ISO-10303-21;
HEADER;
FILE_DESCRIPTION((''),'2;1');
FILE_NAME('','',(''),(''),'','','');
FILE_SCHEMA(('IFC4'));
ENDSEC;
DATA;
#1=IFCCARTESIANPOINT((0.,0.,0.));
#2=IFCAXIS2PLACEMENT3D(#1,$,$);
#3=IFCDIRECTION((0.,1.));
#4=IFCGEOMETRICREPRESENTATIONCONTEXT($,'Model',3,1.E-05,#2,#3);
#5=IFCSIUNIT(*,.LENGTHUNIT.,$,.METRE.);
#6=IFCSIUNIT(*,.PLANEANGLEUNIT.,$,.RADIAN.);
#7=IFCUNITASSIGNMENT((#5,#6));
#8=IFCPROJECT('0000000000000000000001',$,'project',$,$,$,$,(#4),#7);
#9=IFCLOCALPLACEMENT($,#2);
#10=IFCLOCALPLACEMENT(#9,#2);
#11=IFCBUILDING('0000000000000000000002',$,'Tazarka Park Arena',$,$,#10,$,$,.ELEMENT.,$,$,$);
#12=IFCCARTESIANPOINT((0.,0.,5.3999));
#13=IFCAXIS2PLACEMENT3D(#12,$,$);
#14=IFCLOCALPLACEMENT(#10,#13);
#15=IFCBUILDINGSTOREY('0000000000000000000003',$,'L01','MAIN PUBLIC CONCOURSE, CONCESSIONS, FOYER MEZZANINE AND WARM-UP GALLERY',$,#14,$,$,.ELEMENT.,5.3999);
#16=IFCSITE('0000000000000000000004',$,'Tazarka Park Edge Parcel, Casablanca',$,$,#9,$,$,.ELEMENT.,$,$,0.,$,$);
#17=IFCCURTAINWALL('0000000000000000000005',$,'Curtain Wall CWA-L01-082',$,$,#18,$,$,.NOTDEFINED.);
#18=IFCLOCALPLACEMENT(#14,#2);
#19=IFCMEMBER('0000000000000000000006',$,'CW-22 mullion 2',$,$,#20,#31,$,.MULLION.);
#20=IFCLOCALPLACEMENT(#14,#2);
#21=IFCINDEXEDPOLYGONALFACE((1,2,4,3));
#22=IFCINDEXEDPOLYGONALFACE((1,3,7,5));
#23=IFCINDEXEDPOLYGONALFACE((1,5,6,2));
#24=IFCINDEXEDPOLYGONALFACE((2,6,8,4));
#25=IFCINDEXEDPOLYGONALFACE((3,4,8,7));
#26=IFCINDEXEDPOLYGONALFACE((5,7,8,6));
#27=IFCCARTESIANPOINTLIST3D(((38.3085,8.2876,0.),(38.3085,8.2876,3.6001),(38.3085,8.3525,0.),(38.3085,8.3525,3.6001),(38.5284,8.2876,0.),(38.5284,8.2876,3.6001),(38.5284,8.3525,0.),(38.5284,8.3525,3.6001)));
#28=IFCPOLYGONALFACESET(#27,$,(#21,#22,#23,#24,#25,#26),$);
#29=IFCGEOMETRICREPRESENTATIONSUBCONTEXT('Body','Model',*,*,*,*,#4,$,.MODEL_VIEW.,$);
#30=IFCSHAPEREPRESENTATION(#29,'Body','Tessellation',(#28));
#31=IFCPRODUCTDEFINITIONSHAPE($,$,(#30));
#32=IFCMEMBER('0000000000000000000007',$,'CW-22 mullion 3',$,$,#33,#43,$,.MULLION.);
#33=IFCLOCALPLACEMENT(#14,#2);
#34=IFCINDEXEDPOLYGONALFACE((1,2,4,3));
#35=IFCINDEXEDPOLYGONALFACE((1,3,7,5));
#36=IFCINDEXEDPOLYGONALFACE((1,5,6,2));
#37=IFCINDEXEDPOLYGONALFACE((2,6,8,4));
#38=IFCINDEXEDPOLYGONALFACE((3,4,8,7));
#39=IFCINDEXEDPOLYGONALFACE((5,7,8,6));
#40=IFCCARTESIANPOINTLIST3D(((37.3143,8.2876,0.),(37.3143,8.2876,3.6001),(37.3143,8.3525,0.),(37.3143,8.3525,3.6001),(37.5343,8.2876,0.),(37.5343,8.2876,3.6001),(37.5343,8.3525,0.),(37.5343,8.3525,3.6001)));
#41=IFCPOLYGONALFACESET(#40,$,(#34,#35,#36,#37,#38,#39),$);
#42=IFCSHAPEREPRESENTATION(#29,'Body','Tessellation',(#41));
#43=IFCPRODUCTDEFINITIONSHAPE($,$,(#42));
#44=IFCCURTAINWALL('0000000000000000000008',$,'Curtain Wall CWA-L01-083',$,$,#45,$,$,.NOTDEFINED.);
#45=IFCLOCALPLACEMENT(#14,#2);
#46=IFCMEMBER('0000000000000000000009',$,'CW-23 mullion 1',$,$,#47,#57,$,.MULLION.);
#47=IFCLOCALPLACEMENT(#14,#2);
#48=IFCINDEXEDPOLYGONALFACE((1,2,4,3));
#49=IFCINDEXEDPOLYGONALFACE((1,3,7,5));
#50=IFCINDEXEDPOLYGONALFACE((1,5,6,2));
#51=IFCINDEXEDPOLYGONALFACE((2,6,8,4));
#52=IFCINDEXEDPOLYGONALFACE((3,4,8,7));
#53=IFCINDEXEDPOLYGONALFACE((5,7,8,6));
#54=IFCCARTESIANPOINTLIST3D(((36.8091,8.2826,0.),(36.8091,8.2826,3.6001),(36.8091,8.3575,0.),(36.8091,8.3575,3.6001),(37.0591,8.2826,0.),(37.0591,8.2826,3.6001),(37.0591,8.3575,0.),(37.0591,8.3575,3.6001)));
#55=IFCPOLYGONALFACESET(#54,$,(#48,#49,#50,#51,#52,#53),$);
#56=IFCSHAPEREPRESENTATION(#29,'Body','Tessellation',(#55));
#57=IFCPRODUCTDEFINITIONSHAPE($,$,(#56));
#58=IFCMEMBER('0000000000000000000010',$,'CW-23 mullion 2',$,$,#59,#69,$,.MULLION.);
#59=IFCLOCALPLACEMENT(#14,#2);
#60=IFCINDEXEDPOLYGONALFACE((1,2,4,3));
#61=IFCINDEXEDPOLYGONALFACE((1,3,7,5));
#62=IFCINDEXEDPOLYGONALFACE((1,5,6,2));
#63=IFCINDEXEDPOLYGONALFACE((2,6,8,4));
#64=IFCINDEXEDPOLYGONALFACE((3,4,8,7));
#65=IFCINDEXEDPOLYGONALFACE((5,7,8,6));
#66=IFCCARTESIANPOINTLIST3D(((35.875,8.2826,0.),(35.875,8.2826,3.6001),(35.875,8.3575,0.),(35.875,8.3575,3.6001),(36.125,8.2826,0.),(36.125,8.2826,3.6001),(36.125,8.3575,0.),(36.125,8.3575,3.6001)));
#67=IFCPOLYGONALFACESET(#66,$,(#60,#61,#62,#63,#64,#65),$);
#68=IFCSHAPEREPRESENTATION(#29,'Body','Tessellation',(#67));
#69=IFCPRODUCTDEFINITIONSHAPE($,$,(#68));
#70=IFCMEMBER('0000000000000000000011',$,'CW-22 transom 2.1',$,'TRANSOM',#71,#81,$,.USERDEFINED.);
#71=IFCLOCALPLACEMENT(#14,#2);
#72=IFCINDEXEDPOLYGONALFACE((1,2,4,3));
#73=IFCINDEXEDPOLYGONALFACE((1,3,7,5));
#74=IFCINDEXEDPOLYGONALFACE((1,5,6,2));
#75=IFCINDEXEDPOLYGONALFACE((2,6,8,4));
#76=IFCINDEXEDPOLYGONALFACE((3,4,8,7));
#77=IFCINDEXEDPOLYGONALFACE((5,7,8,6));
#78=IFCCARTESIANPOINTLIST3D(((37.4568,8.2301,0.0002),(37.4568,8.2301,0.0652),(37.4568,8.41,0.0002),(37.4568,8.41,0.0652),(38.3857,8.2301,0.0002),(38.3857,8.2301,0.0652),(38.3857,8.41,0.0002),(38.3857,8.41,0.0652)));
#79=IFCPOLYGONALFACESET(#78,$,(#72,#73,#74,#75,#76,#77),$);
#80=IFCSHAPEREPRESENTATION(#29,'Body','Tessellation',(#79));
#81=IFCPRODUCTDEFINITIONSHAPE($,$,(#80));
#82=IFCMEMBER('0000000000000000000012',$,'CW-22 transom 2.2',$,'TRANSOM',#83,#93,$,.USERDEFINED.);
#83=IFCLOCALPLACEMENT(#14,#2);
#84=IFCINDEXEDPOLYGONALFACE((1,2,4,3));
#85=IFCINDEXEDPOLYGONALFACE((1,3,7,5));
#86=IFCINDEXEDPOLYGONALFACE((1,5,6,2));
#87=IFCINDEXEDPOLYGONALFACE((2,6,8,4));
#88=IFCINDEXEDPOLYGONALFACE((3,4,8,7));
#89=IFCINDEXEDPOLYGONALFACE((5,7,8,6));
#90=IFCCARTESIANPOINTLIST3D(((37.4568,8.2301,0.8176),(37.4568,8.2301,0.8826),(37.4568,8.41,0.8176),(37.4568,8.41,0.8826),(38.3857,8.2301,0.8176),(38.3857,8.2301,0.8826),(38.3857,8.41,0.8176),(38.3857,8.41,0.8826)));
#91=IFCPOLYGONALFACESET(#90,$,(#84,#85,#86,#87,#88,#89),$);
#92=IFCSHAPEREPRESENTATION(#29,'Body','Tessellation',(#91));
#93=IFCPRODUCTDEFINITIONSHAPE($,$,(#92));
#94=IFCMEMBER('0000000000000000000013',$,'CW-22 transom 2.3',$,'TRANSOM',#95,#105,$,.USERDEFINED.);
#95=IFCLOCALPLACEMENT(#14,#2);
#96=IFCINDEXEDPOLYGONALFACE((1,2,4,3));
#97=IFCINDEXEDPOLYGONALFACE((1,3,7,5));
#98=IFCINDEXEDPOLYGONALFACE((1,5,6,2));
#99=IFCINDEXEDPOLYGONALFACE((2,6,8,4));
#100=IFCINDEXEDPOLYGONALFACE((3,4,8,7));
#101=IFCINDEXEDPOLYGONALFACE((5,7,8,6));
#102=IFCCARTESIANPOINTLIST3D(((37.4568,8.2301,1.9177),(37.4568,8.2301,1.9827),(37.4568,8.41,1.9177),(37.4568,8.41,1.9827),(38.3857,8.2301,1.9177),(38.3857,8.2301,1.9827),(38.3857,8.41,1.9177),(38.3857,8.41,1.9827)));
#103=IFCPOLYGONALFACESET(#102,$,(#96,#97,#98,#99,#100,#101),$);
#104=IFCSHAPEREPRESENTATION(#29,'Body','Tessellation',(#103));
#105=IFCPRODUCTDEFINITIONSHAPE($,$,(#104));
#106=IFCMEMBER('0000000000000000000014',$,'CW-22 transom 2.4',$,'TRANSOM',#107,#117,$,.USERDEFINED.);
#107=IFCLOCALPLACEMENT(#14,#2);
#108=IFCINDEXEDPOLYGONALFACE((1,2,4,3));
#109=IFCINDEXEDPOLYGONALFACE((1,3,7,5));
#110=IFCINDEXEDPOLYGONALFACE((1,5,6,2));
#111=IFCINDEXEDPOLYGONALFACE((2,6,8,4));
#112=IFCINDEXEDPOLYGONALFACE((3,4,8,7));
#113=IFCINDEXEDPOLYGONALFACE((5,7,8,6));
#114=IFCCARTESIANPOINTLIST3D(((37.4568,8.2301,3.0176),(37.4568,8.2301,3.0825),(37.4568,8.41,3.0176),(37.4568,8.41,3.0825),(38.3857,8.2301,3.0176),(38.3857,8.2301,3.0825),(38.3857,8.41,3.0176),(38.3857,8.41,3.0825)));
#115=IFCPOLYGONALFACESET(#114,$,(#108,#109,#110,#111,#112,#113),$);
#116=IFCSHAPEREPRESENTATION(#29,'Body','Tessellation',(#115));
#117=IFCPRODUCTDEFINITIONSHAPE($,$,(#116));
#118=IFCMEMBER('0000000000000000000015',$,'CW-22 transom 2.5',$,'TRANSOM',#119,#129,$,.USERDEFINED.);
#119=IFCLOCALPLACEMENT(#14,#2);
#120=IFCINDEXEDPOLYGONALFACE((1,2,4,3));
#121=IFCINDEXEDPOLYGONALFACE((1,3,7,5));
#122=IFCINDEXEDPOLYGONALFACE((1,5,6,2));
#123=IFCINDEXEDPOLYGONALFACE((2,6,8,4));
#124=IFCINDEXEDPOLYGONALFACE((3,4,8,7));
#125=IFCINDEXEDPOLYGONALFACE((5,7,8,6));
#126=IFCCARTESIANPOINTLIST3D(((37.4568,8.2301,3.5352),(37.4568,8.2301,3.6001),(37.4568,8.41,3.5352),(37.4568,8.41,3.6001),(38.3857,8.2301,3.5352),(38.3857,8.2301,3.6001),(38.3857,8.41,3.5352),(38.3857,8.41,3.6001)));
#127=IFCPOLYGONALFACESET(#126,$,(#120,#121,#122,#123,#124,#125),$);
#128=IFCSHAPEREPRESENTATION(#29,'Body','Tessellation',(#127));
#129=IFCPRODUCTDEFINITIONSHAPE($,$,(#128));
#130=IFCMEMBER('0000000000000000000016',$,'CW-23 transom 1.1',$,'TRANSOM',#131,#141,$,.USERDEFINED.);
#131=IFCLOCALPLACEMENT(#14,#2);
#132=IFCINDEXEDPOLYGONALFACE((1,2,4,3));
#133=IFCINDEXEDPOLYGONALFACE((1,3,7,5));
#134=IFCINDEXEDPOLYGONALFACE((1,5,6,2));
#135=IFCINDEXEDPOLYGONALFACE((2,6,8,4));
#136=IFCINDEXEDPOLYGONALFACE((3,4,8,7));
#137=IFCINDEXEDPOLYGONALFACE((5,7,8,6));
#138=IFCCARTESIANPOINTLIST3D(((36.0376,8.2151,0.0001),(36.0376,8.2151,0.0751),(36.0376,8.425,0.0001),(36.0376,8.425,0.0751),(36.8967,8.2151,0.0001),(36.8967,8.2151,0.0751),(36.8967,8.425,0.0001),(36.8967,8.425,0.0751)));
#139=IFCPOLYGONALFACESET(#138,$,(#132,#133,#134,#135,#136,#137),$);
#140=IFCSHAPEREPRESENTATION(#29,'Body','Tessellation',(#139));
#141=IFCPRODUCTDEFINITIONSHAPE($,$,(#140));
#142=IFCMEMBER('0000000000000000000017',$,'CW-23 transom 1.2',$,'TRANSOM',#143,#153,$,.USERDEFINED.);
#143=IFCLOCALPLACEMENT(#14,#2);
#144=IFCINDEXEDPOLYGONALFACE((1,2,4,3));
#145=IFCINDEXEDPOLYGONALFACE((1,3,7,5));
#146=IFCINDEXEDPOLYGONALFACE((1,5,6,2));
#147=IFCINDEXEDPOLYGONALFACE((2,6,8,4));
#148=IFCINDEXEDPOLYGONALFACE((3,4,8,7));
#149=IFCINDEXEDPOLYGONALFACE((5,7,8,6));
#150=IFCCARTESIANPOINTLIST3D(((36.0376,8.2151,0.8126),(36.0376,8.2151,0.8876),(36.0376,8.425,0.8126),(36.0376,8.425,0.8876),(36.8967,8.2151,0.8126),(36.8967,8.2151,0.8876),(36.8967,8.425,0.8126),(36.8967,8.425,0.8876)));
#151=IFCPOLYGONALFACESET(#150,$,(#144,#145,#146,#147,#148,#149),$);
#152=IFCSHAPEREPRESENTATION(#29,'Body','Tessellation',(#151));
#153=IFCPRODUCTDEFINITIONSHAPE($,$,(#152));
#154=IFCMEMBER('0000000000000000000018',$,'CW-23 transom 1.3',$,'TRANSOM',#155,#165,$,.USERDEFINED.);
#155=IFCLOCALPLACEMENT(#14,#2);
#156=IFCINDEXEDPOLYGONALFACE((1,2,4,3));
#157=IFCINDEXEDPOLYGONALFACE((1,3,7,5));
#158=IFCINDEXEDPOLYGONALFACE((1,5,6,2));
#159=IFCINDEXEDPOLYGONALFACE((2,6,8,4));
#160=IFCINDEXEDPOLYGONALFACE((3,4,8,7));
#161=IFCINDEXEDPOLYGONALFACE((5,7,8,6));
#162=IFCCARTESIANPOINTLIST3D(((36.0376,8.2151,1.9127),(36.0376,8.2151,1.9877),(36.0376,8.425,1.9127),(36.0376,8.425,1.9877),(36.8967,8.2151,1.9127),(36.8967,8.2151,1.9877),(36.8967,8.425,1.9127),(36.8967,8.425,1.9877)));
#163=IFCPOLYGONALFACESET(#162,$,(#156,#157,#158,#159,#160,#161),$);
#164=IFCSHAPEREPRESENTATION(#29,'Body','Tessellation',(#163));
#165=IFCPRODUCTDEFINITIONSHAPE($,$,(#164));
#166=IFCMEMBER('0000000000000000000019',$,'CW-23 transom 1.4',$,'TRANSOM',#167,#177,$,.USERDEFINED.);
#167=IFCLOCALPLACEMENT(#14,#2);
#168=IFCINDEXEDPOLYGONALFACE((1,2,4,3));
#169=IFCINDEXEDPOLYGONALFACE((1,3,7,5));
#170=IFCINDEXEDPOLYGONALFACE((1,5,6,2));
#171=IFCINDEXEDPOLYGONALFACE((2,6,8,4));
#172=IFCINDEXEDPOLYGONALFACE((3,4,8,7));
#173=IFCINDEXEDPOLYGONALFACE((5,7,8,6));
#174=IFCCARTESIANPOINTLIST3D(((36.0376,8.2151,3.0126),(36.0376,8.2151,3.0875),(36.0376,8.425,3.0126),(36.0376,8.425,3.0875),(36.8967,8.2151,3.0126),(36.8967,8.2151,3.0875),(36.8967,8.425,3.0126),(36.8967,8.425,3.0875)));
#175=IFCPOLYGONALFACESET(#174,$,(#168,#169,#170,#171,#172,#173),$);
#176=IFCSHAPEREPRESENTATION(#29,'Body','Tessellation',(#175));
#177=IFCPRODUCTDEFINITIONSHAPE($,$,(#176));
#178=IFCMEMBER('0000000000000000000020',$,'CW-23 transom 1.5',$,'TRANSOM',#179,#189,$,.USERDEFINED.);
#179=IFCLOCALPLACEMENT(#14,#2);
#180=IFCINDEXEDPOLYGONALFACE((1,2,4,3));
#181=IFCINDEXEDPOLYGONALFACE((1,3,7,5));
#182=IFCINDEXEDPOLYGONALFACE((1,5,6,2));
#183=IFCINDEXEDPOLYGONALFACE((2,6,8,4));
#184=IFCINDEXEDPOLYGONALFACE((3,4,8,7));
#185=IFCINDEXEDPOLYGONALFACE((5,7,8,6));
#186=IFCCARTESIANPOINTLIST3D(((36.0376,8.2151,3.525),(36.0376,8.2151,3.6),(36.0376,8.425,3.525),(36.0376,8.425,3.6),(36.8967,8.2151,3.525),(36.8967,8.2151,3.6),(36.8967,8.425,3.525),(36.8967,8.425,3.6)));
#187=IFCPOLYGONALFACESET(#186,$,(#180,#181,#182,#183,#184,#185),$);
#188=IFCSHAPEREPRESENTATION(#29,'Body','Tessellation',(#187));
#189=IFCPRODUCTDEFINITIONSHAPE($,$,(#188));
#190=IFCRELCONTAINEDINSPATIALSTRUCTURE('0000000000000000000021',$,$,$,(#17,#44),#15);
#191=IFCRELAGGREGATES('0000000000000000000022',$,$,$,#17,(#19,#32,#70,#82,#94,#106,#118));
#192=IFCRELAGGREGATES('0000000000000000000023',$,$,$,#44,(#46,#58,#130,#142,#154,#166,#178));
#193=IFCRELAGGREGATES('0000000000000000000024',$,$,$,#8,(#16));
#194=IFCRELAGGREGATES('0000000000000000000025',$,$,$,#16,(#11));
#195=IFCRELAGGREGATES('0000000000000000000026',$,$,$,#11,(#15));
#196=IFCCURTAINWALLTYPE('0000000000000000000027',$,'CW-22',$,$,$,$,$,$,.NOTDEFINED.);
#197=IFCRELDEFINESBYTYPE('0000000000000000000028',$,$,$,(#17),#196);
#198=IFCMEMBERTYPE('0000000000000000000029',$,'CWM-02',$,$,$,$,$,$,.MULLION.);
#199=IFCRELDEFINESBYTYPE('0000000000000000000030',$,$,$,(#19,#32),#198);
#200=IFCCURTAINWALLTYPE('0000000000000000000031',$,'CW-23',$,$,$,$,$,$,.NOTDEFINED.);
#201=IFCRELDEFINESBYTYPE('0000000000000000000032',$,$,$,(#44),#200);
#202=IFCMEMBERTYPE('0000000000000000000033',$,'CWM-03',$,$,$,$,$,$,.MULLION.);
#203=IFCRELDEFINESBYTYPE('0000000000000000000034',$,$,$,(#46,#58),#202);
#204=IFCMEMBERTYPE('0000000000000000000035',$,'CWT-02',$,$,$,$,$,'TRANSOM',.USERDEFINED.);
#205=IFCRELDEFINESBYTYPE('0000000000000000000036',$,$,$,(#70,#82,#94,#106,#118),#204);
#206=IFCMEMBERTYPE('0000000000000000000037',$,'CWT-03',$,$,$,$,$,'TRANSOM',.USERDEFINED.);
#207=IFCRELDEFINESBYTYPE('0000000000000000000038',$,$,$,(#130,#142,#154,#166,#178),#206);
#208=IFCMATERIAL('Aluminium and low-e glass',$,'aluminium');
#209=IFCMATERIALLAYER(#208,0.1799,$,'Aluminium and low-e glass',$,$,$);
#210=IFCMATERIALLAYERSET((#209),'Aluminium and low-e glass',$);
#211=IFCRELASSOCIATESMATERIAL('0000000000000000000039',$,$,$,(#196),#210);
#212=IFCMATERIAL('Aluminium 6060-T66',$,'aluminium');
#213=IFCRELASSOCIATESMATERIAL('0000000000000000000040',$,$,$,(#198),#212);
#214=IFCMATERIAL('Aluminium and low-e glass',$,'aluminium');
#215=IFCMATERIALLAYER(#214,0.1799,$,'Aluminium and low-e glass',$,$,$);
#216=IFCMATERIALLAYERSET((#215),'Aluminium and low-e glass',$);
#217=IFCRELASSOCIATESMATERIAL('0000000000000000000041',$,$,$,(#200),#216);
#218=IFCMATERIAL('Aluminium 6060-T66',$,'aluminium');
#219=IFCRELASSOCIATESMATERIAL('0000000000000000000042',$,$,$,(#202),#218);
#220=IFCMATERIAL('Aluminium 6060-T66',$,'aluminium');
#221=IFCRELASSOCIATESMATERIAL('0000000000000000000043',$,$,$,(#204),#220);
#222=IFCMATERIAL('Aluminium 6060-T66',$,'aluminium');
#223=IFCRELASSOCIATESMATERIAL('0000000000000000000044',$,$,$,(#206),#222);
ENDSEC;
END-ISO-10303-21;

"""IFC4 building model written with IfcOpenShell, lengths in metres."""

from ifc_helpers import new_model, si_unit, direction, frame, origin, origin_2d, place, context, subcontext, project, spatial, rectangle, extrude, material, layer, layer_set, material_profile, profile_set, type_object, element, aggregate, save


model = new_model("IFC4")

# Units and contexts
model_context = context("Model", 3, precision=1e-05, world=origin(), true_north=direction((0.0, 1.0)))
body_context = subcontext(model_context, "Body", "Model", "MODEL_VIEW")
ifc_project = project(units=[si_unit("LENGTHUNIT", "METRE"), si_unit("PLANEANGLEUNIT", "RADIAN")], contexts=[model_context])

# Site, building, storey
site_placement = place(None, origin())
site = spatial("IfcSite", under=ifc_project, at=site_placement, Name="Tazarka Park Edge Parcel, Casablanca", CompositionType="ELEMENT", RefElevation=0.0)
building_placement = place(site_placement, origin())
building = spatial("IfcBuilding", under=site, at=building_placement, Name="Tazarka Park Arena", CompositionType="ELEMENT")
storey_placement = place(building_placement, frame((0.0, 0.0, 5.3999)))
storey = spatial("IfcBuildingStorey", under=building, at=storey_placement, Name="L01", Description="MAIN PUBLIC CONCOURSE, CONCESSIONS, FOYER MEZZANINE AND WARM-UP GALLERY", CompositionType="ELEMENT", Elevation=5.3999)

# Curtain walls, members
ifc_material_1 = material(Name="Aluminium and low-e glass", Category="aluminium")
ifc_layer_1 = layer(ifc_material_1, 0.1799, Name="Aluminium and low-e glass")
ifc_layer_set_1 = layer_set([ifc_layer_1], Name="Aluminium and low-e glass")
curtain_wall_type_1 = type_object("IfcCurtainWallType", Name="CW-22", PredefinedType="NOTDEFINED", material=ifc_layer_set_1)
curtain_wall_1_placement = place(storey_placement, origin())
curtain_wall_1 = element("IfcCurtainWall", 1, at=curtain_wall_1_placement, inside=storey, type_object=curtain_wall_type_1, Name="Curtain Wall CWA-L01-082", PredefinedType="NOTDEFINED")
ifc_material_2 = material(Name="Aluminium 6060-T66", Category="aluminium")
ifc_material_profile_1 = material_profile(ifc_material_2, rectangle(XDim=0.0649, YDim=0.22, at=origin_2d()), Name="Aluminium 6060-T66")
ifc_profile_set_1 = profile_set([ifc_material_profile_1], Name="Aluminium 6060-T66")
member_type_1 = type_object("IfcMemberType", Name="CWM-02", PredefinedType="MULLION", material=ifc_profile_set_1)
member_1_placement = place(storey_placement, frame((38.4185, 8.3201, 0.0), z_axis=(0.0, 0.0, 1.0), x_axis=(0.0, -1.0, 0.0)))
member_1 = element("IfcMember", 2, at=member_1_placement, type_object=member_type_1, Name="CW-22 mullion 2", PredefinedType="MULLION", context=body_context, shape_type="SweptSolid", body=[
    extrude(rectangle(XDim=0.0649, YDim=0.22, at=origin_2d()), origin(), (0.0, 0.0, 1.0), 3.6001),
])
member_2_placement = place(storey_placement, frame((37.4243, 8.3201, 0.0), z_axis=(0.0, 0.0, 1.0), x_axis=(0.0, -1.0, 0.0)))
member_2 = element("IfcMember", 3, at=member_2_placement, type_object=member_type_1, Name="CW-22 mullion 3", PredefinedType="MULLION", context=body_context, shape_type="SweptSolid", body=[
    extrude(rectangle(XDim=0.0649, YDim=0.22, at=origin_2d()), origin(), (0.0, 0.0, 1.0), 3.6001),
])
ifc_material_3 = material(Name="Aluminium and low-e glass", Category="aluminium")
ifc_layer_2 = layer(ifc_material_3, 0.1799, Name="Aluminium and low-e glass")
ifc_layer_set_2 = layer_set([ifc_layer_2], Name="Aluminium and low-e glass")
curtain_wall_type_2 = type_object("IfcCurtainWallType", Name="CW-23", PredefinedType="NOTDEFINED", material=ifc_layer_set_2)
curtain_wall_2_placement = place(storey_placement, origin())
curtain_wall_2 = element("IfcCurtainWall", 4, at=curtain_wall_2_placement, inside=storey, type_object=curtain_wall_type_2, Name="Curtain Wall CWA-L01-083", PredefinedType="NOTDEFINED")
ifc_material_4 = material(Name="Aluminium 6060-T66", Category="aluminium")
ifc_material_profile_2 = material_profile(ifc_material_4, rectangle(XDim=0.075, YDim=0.25, at=origin_2d()), Name="Aluminium 6060-T66")
ifc_profile_set_2 = profile_set([ifc_material_profile_2], Name="Aluminium 6060-T66")
member_type_2 = type_object("IfcMemberType", Name="CWM-03", PredefinedType="MULLION", material=ifc_profile_set_2)
member_3_placement = place(storey_placement, frame((36.9341, 8.3201, 0.0), z_axis=(0.0, 0.0, 1.0), x_axis=(0.0, -1.0, 0.0)))
member_3 = element("IfcMember", 5, at=member_3_placement, type_object=member_type_2, Name="CW-23 mullion 1", PredefinedType="MULLION", context=body_context, shape_type="SweptSolid", body=[
    extrude(rectangle(XDim=0.075, YDim=0.25, at=origin_2d()), origin(), (0.0, 0.0, 1.0), 3.6001),
])
member_4_placement = place(storey_placement, frame((36.0, 8.3201, 0.0), z_axis=(0.0, 0.0, 1.0), x_axis=(0.0, -1.0, 0.0)))
member_4 = element("IfcMember", 6, at=member_4_placement, type_object=member_type_2, Name="CW-23 mullion 2", PredefinedType="MULLION", context=body_context, shape_type="SweptSolid", body=[
    extrude(rectangle(XDim=0.075, YDim=0.25, at=origin_2d()), origin(), (0.0, 0.0, 1.0), 3.6001),
])

# Members
ifc_material_5 = material(Name="Aluminium 6060-T66", Category="aluminium")
ifc_material_profile_3 = material_profile(ifc_material_5, rectangle(XDim=0.1799, YDim=0.0649, at=origin_2d()), Name="Aluminium 6060-T66")
ifc_profile_set_3 = profile_set([ifc_material_profile_3], Name="Aluminium 6060-T66")
member_type_3 = type_object("IfcMemberType", Name="CWT-02", ElementType="TRANSOM", PredefinedType="USERDEFINED", material=ifc_profile_set_3)
member_5_placement = place(storey_placement, frame((38.3857, 8.3201, 0.0327), z_axis=(-1.0, 0.0, 0.0), x_axis=(0.0, -1.0, 0.0)))
member_5 = element("IfcMember", 7, at=member_5_placement, type_object=member_type_3, Name="CW-22 transom 2.1", ObjectType="TRANSOM", PredefinedType="USERDEFINED", context=body_context, shape_type="SweptSolid", body=[
    extrude(rectangle(XDim=0.1799, YDim=0.0649, at=origin_2d()), origin(), (0.0, 0.0, 1.0), 0.929),
])
member_6_placement = place(storey_placement, frame((38.3857, 8.3201, 0.8501), z_axis=(-1.0, 0.0, 0.0), x_axis=(0.0, -1.0, 0.0)))
member_6 = element("IfcMember", 8, at=member_6_placement, type_object=member_type_3, Name="CW-22 transom 2.2", ObjectType="TRANSOM", PredefinedType="USERDEFINED", context=body_context, shape_type="SweptSolid", body=[
    extrude(rectangle(XDim=0.1799, YDim=0.0649, at=origin_2d()), origin(), (0.0, 0.0, 1.0), 0.929),
])
member_7_placement = place(storey_placement, frame((38.3857, 8.3201, 1.9502), z_axis=(-1.0, 0.0, 0.0), x_axis=(0.0, -1.0, 0.0)))
member_7 = element("IfcMember", 9, at=member_7_placement, type_object=member_type_3, Name="CW-22 transom 2.3", ObjectType="TRANSOM", PredefinedType="USERDEFINED", context=body_context, shape_type="SweptSolid", body=[
    extrude(rectangle(XDim=0.1799, YDim=0.0649, at=origin_2d()), origin(), (0.0, 0.0, 1.0), 0.929),
])
member_8_placement = place(storey_placement, frame((38.3857, 8.3201, 3.05), z_axis=(-1.0, 0.0, 0.0), x_axis=(0.0, -1.0, 0.0)))
member_8 = element("IfcMember", 10, at=member_8_placement, type_object=member_type_3, Name="CW-22 transom 2.4", ObjectType="TRANSOM", PredefinedType="USERDEFINED", context=body_context, shape_type="SweptSolid", body=[
    extrude(rectangle(XDim=0.1799, YDim=0.0649, at=origin_2d()), origin(), (0.0, 0.0, 1.0), 0.929),
])
member_9_placement = place(storey_placement, frame((38.3857, 8.3201, 3.5676), z_axis=(-1.0, 0.0, 0.0), x_axis=(0.0, -1.0, 0.0)))
member_9 = element("IfcMember", 11, at=member_9_placement, type_object=member_type_3, Name="CW-22 transom 2.5", ObjectType="TRANSOM", PredefinedType="USERDEFINED", context=body_context, shape_type="SweptSolid", body=[
    extrude(rectangle(XDim=0.1799, YDim=0.0649, at=origin_2d()), origin(), (0.0, 0.0, 1.0), 0.929),
])
ifc_material_6 = material(Name="Aluminium 6060-T66", Category="aluminium")
ifc_material_profile_4 = material_profile(ifc_material_6, rectangle(XDim=0.21, YDim=0.075, at=origin_2d()), Name="Aluminium 6060-T66")
ifc_profile_set_4 = profile_set([ifc_material_profile_4], Name="Aluminium 6060-T66")
member_type_4 = type_object("IfcMemberType", Name="CWT-03", ElementType="TRANSOM", PredefinedType="USERDEFINED", material=ifc_profile_set_4)
member_10_placement = place(storey_placement, frame((36.8967, 8.3201, 0.0376), z_axis=(-1.0, 0.0, 0.0), x_axis=(0.0, -1.0, 0.0)))
member_10 = element("IfcMember", 12, at=member_10_placement, type_object=member_type_4, Name="CW-23 transom 1.1", ObjectType="TRANSOM", PredefinedType="USERDEFINED", context=body_context, shape_type="SweptSolid", body=[
    extrude(rectangle(XDim=0.21, YDim=0.075, at=origin_2d()), origin(), (0.0, 0.0, 1.0), 0.8591),
])
member_11_placement = place(storey_placement, frame((36.8967, 8.3201, 0.8501), z_axis=(-1.0, 0.0, 0.0), x_axis=(0.0, -1.0, 0.0)))
member_11 = element("IfcMember", 13, at=member_11_placement, type_object=member_type_4, Name="CW-23 transom 1.2", ObjectType="TRANSOM", PredefinedType="USERDEFINED", context=body_context, shape_type="SweptSolid", body=[
    extrude(rectangle(XDim=0.21, YDim=0.075, at=origin_2d()), origin(), (0.0, 0.0, 1.0), 0.8591),
])
member_12_placement = place(storey_placement, frame((36.8967, 8.3201, 1.9502), z_axis=(-1.0, 0.0, 0.0), x_axis=(0.0, -1.0, 0.0)))
member_12 = element("IfcMember", 14, at=member_12_placement, type_object=member_type_4, Name="CW-23 transom 1.3", ObjectType="TRANSOM", PredefinedType="USERDEFINED", context=body_context, shape_type="SweptSolid", body=[
    extrude(rectangle(XDim=0.21, YDim=0.075, at=origin_2d()), origin(), (0.0, 0.0, 1.0), 0.8591),
])
member_13_placement = place(storey_placement, frame((36.8967, 8.3201, 3.05), z_axis=(-1.0, 0.0, 0.0), x_axis=(0.0, -1.0, 0.0)))
member_13 = element("IfcMember", 15, at=member_13_placement, type_object=member_type_4, Name="CW-23 transom 1.4", ObjectType="TRANSOM", PredefinedType="USERDEFINED", context=body_context, shape_type="SweptSolid", body=[
    extrude(rectangle(XDim=0.21, YDim=0.075, at=origin_2d()), origin(), (0.0, 0.0, 1.0), 0.8591),
])
member_14_placement = place(storey_placement, frame((36.8967, 8.3201, 3.5625), z_axis=(-1.0, 0.0, 0.0), x_axis=(0.0, -1.0, 0.0)))
member_14 = element("IfcMember", 16, at=member_14_placement, type_object=member_type_4, Name="CW-23 transom 1.5", ObjectType="TRANSOM", PredefinedType="USERDEFINED", context=body_context, shape_type="SweptSolid", body=[
    extrude(rectangle(XDim=0.21, YDim=0.075, at=origin_2d()), origin(), (0.0, 0.0, 1.0), 0.8591),
])

aggregate(curtain_wall_1, [member_1, member_2, member_5, member_6, member_7, member_8, member_9])
aggregate(curtain_wall_2, [member_3, member_4, member_10, member_11, member_12, member_13, member_14])

save(model, "model.ifc")
